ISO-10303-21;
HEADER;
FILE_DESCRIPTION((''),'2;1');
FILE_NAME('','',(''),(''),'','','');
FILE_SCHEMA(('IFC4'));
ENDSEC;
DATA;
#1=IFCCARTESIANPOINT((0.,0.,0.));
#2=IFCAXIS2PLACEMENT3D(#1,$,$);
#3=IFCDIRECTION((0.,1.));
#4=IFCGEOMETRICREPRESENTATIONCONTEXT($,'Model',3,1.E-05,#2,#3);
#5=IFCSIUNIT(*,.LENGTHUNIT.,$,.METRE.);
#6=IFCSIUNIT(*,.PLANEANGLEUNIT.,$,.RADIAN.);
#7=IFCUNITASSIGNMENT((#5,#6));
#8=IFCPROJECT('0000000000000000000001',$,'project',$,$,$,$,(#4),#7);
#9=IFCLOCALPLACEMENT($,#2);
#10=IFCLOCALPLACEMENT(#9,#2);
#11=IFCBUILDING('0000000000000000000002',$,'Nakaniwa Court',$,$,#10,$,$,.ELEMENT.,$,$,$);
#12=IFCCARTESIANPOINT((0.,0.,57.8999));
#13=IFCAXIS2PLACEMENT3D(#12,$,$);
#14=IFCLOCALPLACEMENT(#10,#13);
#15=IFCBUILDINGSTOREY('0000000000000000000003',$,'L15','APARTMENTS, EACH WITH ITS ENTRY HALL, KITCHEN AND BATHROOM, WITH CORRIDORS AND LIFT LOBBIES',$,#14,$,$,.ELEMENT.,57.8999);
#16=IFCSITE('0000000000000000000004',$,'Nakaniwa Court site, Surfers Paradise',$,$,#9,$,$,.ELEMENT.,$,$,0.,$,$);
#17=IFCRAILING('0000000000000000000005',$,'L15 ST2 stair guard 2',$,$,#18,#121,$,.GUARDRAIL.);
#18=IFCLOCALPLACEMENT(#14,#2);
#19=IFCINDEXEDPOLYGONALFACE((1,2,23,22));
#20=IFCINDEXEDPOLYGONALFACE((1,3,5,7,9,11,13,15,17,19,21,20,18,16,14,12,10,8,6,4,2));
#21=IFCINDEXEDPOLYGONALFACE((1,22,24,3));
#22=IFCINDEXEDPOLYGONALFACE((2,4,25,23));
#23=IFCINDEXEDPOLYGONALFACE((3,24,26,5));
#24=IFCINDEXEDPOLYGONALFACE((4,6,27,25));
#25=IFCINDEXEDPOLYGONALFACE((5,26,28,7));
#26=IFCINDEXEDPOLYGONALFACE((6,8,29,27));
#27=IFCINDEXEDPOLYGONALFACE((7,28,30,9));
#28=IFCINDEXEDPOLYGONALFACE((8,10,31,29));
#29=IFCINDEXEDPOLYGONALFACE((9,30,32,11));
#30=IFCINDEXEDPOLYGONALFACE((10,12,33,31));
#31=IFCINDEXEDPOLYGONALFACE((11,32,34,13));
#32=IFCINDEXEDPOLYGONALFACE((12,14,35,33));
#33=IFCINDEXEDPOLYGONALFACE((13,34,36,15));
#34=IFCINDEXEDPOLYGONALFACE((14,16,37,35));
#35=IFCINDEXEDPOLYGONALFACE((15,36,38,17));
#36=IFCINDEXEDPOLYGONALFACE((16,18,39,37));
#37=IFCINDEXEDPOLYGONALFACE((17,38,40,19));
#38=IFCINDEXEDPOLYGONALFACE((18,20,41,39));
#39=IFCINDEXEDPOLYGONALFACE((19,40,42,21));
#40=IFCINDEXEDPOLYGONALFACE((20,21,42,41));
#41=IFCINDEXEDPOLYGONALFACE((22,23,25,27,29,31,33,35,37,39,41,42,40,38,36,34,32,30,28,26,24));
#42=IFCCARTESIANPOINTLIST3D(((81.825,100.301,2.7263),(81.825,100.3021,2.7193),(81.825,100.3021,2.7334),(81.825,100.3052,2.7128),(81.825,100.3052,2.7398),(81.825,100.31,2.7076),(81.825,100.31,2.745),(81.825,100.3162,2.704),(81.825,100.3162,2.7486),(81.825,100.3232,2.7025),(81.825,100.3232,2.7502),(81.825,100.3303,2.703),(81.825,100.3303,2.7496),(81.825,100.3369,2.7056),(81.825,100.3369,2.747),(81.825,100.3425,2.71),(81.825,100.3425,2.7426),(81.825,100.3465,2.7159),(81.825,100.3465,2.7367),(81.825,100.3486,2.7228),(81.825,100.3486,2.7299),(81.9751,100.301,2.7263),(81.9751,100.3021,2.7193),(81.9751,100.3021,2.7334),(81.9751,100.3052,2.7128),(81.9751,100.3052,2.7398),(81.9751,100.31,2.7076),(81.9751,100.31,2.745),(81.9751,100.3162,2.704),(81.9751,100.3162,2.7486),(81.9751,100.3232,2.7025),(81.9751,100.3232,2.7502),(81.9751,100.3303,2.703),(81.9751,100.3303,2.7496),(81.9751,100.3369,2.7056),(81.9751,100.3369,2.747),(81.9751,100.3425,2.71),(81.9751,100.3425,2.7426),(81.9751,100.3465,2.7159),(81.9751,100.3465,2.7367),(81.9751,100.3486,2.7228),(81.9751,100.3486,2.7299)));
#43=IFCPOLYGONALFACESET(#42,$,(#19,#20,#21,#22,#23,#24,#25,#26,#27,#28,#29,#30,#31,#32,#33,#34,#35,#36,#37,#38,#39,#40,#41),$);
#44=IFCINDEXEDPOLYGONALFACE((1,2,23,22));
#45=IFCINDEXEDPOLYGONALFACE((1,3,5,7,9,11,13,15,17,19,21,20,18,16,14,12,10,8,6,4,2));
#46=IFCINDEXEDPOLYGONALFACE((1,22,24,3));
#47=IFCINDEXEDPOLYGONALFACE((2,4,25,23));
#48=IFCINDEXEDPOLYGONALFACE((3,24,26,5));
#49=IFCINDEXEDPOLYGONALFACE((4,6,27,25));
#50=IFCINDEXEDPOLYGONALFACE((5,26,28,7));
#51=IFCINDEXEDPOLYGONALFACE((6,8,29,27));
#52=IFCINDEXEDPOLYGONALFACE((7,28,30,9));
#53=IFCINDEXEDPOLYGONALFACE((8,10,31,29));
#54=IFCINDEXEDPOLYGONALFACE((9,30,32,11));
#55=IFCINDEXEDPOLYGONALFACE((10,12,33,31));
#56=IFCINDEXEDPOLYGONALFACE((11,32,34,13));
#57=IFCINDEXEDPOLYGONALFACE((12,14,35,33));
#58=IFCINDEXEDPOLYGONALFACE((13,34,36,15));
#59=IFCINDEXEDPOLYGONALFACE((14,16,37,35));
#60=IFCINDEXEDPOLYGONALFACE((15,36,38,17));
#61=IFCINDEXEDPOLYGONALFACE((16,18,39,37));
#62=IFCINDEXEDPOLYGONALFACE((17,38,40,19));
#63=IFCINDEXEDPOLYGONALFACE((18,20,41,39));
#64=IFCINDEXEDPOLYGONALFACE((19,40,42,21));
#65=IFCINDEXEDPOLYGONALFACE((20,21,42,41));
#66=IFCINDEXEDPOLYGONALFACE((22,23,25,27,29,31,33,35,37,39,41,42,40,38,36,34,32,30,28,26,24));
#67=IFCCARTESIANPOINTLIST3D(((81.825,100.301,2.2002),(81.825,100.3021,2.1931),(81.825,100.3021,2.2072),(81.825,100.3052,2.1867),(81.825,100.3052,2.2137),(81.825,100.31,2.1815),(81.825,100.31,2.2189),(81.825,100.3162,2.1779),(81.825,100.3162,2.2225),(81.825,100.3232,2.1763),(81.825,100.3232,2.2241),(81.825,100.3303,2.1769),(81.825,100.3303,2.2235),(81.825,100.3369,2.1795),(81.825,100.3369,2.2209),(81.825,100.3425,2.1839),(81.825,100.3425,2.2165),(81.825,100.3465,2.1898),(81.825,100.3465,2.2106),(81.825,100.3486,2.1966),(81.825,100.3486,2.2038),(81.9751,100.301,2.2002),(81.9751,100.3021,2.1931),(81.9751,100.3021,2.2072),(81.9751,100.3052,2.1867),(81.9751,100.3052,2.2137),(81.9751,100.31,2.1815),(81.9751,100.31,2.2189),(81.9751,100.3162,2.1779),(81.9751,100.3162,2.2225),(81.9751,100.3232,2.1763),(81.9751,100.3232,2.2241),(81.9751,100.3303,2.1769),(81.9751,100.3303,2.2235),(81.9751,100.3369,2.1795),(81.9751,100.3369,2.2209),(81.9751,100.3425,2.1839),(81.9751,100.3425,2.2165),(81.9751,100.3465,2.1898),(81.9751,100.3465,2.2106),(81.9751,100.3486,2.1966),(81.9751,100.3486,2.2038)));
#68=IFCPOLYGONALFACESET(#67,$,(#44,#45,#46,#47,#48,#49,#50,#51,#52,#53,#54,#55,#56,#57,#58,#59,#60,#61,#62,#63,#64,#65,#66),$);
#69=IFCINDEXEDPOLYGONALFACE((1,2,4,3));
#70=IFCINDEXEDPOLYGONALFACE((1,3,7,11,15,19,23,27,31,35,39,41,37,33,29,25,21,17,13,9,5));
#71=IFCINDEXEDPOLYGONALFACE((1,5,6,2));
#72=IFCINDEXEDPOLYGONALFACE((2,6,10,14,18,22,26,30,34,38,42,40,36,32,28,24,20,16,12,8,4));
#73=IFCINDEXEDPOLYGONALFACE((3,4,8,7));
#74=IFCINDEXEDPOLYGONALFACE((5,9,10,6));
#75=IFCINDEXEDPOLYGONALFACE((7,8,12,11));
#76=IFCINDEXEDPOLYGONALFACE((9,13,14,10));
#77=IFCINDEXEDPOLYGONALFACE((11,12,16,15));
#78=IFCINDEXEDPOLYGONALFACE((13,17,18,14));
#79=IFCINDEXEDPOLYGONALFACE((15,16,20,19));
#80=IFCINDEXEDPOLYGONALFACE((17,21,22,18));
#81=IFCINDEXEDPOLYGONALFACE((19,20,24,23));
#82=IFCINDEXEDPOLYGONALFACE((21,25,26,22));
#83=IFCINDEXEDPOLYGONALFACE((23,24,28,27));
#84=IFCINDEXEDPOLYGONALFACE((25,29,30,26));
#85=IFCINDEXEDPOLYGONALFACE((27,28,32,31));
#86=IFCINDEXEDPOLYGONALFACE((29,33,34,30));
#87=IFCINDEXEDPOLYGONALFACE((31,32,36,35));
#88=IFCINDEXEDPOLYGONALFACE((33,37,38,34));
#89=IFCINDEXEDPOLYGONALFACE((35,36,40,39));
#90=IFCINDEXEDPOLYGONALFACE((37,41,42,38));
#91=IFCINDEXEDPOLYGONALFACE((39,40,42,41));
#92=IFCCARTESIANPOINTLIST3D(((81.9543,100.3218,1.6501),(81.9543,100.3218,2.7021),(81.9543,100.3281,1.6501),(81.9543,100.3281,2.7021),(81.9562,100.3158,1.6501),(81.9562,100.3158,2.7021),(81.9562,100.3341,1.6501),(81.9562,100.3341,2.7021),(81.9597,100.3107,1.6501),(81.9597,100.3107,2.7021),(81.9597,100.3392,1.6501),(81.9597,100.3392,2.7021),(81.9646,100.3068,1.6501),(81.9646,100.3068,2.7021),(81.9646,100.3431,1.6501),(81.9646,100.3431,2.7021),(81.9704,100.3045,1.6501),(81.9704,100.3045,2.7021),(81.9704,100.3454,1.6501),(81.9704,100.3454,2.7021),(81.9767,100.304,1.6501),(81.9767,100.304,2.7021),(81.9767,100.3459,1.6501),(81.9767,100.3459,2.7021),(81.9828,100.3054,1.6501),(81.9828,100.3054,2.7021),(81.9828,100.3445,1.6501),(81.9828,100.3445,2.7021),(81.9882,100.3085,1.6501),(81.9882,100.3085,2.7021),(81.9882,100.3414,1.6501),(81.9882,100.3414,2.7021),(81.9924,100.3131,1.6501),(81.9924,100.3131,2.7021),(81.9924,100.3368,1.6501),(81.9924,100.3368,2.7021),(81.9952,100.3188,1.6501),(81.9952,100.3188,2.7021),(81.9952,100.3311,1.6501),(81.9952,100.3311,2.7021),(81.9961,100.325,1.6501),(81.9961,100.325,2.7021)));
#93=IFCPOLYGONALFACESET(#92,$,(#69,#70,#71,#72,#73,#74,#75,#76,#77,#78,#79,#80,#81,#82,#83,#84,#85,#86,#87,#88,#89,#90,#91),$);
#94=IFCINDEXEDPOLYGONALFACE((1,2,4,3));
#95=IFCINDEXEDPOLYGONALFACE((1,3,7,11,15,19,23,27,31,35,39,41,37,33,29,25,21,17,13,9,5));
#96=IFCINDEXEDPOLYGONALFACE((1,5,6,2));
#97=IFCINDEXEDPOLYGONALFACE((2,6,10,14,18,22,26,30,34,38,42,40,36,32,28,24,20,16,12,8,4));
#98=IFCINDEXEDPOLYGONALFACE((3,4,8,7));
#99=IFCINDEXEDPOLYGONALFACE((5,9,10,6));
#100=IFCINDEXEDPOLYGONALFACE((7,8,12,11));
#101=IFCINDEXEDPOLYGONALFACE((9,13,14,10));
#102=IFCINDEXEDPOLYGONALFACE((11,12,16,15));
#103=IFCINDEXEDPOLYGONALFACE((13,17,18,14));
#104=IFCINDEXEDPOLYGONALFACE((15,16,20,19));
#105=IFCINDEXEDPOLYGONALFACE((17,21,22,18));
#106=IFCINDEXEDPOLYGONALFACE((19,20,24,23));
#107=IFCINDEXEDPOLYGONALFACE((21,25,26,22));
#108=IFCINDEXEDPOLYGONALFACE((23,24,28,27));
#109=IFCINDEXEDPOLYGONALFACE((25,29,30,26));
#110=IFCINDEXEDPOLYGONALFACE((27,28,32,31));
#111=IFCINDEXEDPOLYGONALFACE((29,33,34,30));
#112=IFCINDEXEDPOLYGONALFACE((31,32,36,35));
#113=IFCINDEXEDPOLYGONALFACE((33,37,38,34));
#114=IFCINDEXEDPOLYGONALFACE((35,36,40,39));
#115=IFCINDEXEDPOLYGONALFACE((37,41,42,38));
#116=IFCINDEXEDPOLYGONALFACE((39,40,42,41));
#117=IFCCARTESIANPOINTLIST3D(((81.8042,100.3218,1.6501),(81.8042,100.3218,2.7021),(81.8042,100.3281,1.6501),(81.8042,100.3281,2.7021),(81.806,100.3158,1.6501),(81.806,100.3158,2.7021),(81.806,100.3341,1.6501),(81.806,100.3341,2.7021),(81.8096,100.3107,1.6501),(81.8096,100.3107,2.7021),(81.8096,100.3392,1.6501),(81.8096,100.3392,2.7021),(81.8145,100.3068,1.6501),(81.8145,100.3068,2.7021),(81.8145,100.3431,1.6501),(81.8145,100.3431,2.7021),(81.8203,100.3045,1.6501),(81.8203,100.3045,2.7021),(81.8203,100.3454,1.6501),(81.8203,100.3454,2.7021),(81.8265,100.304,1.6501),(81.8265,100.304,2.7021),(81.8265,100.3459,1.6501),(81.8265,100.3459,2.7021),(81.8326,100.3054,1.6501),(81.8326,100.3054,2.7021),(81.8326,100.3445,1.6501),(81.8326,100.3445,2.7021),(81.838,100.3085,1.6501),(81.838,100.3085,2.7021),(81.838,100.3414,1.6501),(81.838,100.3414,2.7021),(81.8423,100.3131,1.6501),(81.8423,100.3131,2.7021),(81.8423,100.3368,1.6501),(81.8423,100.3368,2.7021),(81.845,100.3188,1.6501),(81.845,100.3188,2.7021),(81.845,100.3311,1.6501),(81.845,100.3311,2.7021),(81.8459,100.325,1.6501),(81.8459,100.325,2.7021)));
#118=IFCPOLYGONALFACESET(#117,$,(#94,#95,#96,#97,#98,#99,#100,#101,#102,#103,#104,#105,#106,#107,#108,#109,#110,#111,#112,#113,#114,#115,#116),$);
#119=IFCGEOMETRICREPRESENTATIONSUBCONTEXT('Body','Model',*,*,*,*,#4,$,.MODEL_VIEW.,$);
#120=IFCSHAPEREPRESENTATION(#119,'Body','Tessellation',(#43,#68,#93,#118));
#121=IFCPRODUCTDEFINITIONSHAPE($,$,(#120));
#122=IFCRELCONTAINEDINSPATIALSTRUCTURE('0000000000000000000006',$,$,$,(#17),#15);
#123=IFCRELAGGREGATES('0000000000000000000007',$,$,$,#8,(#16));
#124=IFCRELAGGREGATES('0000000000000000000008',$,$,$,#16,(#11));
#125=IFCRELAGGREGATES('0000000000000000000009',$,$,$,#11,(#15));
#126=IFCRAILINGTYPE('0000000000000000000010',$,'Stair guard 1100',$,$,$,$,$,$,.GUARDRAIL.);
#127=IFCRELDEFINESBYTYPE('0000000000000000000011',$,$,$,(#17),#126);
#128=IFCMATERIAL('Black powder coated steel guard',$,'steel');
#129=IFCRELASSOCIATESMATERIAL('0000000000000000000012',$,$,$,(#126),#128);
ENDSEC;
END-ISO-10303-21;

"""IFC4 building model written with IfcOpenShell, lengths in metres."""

from ifc_helpers import new_model, si_unit, direction, frame, origin, origin_2d, place, context, subcontext, project, spatial, circle, extrude, material, type_object, element, save


model = new_model("IFC4")

# Units and contexts
model_context = context("Model", 3, precision=1e-05, world=origin(), true_north=direction((0.0, 1.0)))
body_context = subcontext(model_context, "Body", "Model", "MODEL_VIEW")
ifc_project = project(units=[si_unit("LENGTHUNIT", "METRE"), si_unit("PLANEANGLEUNIT", "RADIAN")], contexts=[model_context])

# Site, building, storey
site_placement = place(None, origin())
site = spatial("IfcSite", under=ifc_project, at=site_placement, Name="Nakaniwa Court site, Surfers Paradise", CompositionType="ELEMENT", RefElevation=0.0)
building_placement = place(site_placement, origin())
building = spatial("IfcBuilding", under=site, at=building_placement, Name="Nakaniwa Court", CompositionType="ELEMENT")
storey_placement = place(building_placement, frame((0.0, 0.0, 57.8999)))
storey = spatial("IfcBuildingStorey", under=building, at=storey_placement, Name="L15", Description="APARTMENTS, EACH WITH ITS ENTRY HALL, KITCHEN AND BATHROOM, WITH CORRIDORS AND LIFT LOBBIES", CompositionType="ELEMENT", Elevation=57.8999)

# Railing
ifc_material_1 = material(Name="Black powder coated steel guard", Category="steel")
railing_type_1 = type_object("IfcRailingType", Name="Stair guard 1100", PredefinedType="GUARDRAIL", material=ifc_material_1)
railing_1_placement = place(storey_placement, frame((81.9751, 100.325, 1.6501)))
element("IfcRailing", 1, at=railing_1_placement, inside=storey, type_object=railing_type_1, Name="L15 ST2 stair guard 2", PredefinedType="GUARDRAIL", context=body_context, shape_type="SweptSolid", body=[
    extrude(circle(Radius=0.0239, at=origin_2d()), frame((0.0, 0.0, 1.0762), z_axis=(-1.0, 0.0, 0.0), x_axis=(0.0, -1.0, 0.0)), (0.0, 0.0, 1.0), 0.1501),
    extrude(circle(Radius=0.0239, at=origin_2d()), frame((0.0, 0.0, 0.55), z_axis=(-1.0, 0.0, 0.0), x_axis=(0.0, -1.0, 0.0)), (0.0, 0.0, 1.0), 0.1501),
    extrude(circle(Radius=0.021, at=origin_2d()), origin(), (0.0, 0.0, 1.0), 1.052),
    extrude(circle(Radius=0.021, at=origin_2d()), frame((-0.1501, 0.0, 0.0)), (0.0, 0.0, 1.0), 1.052),
])

save(model, "model.ifc")
